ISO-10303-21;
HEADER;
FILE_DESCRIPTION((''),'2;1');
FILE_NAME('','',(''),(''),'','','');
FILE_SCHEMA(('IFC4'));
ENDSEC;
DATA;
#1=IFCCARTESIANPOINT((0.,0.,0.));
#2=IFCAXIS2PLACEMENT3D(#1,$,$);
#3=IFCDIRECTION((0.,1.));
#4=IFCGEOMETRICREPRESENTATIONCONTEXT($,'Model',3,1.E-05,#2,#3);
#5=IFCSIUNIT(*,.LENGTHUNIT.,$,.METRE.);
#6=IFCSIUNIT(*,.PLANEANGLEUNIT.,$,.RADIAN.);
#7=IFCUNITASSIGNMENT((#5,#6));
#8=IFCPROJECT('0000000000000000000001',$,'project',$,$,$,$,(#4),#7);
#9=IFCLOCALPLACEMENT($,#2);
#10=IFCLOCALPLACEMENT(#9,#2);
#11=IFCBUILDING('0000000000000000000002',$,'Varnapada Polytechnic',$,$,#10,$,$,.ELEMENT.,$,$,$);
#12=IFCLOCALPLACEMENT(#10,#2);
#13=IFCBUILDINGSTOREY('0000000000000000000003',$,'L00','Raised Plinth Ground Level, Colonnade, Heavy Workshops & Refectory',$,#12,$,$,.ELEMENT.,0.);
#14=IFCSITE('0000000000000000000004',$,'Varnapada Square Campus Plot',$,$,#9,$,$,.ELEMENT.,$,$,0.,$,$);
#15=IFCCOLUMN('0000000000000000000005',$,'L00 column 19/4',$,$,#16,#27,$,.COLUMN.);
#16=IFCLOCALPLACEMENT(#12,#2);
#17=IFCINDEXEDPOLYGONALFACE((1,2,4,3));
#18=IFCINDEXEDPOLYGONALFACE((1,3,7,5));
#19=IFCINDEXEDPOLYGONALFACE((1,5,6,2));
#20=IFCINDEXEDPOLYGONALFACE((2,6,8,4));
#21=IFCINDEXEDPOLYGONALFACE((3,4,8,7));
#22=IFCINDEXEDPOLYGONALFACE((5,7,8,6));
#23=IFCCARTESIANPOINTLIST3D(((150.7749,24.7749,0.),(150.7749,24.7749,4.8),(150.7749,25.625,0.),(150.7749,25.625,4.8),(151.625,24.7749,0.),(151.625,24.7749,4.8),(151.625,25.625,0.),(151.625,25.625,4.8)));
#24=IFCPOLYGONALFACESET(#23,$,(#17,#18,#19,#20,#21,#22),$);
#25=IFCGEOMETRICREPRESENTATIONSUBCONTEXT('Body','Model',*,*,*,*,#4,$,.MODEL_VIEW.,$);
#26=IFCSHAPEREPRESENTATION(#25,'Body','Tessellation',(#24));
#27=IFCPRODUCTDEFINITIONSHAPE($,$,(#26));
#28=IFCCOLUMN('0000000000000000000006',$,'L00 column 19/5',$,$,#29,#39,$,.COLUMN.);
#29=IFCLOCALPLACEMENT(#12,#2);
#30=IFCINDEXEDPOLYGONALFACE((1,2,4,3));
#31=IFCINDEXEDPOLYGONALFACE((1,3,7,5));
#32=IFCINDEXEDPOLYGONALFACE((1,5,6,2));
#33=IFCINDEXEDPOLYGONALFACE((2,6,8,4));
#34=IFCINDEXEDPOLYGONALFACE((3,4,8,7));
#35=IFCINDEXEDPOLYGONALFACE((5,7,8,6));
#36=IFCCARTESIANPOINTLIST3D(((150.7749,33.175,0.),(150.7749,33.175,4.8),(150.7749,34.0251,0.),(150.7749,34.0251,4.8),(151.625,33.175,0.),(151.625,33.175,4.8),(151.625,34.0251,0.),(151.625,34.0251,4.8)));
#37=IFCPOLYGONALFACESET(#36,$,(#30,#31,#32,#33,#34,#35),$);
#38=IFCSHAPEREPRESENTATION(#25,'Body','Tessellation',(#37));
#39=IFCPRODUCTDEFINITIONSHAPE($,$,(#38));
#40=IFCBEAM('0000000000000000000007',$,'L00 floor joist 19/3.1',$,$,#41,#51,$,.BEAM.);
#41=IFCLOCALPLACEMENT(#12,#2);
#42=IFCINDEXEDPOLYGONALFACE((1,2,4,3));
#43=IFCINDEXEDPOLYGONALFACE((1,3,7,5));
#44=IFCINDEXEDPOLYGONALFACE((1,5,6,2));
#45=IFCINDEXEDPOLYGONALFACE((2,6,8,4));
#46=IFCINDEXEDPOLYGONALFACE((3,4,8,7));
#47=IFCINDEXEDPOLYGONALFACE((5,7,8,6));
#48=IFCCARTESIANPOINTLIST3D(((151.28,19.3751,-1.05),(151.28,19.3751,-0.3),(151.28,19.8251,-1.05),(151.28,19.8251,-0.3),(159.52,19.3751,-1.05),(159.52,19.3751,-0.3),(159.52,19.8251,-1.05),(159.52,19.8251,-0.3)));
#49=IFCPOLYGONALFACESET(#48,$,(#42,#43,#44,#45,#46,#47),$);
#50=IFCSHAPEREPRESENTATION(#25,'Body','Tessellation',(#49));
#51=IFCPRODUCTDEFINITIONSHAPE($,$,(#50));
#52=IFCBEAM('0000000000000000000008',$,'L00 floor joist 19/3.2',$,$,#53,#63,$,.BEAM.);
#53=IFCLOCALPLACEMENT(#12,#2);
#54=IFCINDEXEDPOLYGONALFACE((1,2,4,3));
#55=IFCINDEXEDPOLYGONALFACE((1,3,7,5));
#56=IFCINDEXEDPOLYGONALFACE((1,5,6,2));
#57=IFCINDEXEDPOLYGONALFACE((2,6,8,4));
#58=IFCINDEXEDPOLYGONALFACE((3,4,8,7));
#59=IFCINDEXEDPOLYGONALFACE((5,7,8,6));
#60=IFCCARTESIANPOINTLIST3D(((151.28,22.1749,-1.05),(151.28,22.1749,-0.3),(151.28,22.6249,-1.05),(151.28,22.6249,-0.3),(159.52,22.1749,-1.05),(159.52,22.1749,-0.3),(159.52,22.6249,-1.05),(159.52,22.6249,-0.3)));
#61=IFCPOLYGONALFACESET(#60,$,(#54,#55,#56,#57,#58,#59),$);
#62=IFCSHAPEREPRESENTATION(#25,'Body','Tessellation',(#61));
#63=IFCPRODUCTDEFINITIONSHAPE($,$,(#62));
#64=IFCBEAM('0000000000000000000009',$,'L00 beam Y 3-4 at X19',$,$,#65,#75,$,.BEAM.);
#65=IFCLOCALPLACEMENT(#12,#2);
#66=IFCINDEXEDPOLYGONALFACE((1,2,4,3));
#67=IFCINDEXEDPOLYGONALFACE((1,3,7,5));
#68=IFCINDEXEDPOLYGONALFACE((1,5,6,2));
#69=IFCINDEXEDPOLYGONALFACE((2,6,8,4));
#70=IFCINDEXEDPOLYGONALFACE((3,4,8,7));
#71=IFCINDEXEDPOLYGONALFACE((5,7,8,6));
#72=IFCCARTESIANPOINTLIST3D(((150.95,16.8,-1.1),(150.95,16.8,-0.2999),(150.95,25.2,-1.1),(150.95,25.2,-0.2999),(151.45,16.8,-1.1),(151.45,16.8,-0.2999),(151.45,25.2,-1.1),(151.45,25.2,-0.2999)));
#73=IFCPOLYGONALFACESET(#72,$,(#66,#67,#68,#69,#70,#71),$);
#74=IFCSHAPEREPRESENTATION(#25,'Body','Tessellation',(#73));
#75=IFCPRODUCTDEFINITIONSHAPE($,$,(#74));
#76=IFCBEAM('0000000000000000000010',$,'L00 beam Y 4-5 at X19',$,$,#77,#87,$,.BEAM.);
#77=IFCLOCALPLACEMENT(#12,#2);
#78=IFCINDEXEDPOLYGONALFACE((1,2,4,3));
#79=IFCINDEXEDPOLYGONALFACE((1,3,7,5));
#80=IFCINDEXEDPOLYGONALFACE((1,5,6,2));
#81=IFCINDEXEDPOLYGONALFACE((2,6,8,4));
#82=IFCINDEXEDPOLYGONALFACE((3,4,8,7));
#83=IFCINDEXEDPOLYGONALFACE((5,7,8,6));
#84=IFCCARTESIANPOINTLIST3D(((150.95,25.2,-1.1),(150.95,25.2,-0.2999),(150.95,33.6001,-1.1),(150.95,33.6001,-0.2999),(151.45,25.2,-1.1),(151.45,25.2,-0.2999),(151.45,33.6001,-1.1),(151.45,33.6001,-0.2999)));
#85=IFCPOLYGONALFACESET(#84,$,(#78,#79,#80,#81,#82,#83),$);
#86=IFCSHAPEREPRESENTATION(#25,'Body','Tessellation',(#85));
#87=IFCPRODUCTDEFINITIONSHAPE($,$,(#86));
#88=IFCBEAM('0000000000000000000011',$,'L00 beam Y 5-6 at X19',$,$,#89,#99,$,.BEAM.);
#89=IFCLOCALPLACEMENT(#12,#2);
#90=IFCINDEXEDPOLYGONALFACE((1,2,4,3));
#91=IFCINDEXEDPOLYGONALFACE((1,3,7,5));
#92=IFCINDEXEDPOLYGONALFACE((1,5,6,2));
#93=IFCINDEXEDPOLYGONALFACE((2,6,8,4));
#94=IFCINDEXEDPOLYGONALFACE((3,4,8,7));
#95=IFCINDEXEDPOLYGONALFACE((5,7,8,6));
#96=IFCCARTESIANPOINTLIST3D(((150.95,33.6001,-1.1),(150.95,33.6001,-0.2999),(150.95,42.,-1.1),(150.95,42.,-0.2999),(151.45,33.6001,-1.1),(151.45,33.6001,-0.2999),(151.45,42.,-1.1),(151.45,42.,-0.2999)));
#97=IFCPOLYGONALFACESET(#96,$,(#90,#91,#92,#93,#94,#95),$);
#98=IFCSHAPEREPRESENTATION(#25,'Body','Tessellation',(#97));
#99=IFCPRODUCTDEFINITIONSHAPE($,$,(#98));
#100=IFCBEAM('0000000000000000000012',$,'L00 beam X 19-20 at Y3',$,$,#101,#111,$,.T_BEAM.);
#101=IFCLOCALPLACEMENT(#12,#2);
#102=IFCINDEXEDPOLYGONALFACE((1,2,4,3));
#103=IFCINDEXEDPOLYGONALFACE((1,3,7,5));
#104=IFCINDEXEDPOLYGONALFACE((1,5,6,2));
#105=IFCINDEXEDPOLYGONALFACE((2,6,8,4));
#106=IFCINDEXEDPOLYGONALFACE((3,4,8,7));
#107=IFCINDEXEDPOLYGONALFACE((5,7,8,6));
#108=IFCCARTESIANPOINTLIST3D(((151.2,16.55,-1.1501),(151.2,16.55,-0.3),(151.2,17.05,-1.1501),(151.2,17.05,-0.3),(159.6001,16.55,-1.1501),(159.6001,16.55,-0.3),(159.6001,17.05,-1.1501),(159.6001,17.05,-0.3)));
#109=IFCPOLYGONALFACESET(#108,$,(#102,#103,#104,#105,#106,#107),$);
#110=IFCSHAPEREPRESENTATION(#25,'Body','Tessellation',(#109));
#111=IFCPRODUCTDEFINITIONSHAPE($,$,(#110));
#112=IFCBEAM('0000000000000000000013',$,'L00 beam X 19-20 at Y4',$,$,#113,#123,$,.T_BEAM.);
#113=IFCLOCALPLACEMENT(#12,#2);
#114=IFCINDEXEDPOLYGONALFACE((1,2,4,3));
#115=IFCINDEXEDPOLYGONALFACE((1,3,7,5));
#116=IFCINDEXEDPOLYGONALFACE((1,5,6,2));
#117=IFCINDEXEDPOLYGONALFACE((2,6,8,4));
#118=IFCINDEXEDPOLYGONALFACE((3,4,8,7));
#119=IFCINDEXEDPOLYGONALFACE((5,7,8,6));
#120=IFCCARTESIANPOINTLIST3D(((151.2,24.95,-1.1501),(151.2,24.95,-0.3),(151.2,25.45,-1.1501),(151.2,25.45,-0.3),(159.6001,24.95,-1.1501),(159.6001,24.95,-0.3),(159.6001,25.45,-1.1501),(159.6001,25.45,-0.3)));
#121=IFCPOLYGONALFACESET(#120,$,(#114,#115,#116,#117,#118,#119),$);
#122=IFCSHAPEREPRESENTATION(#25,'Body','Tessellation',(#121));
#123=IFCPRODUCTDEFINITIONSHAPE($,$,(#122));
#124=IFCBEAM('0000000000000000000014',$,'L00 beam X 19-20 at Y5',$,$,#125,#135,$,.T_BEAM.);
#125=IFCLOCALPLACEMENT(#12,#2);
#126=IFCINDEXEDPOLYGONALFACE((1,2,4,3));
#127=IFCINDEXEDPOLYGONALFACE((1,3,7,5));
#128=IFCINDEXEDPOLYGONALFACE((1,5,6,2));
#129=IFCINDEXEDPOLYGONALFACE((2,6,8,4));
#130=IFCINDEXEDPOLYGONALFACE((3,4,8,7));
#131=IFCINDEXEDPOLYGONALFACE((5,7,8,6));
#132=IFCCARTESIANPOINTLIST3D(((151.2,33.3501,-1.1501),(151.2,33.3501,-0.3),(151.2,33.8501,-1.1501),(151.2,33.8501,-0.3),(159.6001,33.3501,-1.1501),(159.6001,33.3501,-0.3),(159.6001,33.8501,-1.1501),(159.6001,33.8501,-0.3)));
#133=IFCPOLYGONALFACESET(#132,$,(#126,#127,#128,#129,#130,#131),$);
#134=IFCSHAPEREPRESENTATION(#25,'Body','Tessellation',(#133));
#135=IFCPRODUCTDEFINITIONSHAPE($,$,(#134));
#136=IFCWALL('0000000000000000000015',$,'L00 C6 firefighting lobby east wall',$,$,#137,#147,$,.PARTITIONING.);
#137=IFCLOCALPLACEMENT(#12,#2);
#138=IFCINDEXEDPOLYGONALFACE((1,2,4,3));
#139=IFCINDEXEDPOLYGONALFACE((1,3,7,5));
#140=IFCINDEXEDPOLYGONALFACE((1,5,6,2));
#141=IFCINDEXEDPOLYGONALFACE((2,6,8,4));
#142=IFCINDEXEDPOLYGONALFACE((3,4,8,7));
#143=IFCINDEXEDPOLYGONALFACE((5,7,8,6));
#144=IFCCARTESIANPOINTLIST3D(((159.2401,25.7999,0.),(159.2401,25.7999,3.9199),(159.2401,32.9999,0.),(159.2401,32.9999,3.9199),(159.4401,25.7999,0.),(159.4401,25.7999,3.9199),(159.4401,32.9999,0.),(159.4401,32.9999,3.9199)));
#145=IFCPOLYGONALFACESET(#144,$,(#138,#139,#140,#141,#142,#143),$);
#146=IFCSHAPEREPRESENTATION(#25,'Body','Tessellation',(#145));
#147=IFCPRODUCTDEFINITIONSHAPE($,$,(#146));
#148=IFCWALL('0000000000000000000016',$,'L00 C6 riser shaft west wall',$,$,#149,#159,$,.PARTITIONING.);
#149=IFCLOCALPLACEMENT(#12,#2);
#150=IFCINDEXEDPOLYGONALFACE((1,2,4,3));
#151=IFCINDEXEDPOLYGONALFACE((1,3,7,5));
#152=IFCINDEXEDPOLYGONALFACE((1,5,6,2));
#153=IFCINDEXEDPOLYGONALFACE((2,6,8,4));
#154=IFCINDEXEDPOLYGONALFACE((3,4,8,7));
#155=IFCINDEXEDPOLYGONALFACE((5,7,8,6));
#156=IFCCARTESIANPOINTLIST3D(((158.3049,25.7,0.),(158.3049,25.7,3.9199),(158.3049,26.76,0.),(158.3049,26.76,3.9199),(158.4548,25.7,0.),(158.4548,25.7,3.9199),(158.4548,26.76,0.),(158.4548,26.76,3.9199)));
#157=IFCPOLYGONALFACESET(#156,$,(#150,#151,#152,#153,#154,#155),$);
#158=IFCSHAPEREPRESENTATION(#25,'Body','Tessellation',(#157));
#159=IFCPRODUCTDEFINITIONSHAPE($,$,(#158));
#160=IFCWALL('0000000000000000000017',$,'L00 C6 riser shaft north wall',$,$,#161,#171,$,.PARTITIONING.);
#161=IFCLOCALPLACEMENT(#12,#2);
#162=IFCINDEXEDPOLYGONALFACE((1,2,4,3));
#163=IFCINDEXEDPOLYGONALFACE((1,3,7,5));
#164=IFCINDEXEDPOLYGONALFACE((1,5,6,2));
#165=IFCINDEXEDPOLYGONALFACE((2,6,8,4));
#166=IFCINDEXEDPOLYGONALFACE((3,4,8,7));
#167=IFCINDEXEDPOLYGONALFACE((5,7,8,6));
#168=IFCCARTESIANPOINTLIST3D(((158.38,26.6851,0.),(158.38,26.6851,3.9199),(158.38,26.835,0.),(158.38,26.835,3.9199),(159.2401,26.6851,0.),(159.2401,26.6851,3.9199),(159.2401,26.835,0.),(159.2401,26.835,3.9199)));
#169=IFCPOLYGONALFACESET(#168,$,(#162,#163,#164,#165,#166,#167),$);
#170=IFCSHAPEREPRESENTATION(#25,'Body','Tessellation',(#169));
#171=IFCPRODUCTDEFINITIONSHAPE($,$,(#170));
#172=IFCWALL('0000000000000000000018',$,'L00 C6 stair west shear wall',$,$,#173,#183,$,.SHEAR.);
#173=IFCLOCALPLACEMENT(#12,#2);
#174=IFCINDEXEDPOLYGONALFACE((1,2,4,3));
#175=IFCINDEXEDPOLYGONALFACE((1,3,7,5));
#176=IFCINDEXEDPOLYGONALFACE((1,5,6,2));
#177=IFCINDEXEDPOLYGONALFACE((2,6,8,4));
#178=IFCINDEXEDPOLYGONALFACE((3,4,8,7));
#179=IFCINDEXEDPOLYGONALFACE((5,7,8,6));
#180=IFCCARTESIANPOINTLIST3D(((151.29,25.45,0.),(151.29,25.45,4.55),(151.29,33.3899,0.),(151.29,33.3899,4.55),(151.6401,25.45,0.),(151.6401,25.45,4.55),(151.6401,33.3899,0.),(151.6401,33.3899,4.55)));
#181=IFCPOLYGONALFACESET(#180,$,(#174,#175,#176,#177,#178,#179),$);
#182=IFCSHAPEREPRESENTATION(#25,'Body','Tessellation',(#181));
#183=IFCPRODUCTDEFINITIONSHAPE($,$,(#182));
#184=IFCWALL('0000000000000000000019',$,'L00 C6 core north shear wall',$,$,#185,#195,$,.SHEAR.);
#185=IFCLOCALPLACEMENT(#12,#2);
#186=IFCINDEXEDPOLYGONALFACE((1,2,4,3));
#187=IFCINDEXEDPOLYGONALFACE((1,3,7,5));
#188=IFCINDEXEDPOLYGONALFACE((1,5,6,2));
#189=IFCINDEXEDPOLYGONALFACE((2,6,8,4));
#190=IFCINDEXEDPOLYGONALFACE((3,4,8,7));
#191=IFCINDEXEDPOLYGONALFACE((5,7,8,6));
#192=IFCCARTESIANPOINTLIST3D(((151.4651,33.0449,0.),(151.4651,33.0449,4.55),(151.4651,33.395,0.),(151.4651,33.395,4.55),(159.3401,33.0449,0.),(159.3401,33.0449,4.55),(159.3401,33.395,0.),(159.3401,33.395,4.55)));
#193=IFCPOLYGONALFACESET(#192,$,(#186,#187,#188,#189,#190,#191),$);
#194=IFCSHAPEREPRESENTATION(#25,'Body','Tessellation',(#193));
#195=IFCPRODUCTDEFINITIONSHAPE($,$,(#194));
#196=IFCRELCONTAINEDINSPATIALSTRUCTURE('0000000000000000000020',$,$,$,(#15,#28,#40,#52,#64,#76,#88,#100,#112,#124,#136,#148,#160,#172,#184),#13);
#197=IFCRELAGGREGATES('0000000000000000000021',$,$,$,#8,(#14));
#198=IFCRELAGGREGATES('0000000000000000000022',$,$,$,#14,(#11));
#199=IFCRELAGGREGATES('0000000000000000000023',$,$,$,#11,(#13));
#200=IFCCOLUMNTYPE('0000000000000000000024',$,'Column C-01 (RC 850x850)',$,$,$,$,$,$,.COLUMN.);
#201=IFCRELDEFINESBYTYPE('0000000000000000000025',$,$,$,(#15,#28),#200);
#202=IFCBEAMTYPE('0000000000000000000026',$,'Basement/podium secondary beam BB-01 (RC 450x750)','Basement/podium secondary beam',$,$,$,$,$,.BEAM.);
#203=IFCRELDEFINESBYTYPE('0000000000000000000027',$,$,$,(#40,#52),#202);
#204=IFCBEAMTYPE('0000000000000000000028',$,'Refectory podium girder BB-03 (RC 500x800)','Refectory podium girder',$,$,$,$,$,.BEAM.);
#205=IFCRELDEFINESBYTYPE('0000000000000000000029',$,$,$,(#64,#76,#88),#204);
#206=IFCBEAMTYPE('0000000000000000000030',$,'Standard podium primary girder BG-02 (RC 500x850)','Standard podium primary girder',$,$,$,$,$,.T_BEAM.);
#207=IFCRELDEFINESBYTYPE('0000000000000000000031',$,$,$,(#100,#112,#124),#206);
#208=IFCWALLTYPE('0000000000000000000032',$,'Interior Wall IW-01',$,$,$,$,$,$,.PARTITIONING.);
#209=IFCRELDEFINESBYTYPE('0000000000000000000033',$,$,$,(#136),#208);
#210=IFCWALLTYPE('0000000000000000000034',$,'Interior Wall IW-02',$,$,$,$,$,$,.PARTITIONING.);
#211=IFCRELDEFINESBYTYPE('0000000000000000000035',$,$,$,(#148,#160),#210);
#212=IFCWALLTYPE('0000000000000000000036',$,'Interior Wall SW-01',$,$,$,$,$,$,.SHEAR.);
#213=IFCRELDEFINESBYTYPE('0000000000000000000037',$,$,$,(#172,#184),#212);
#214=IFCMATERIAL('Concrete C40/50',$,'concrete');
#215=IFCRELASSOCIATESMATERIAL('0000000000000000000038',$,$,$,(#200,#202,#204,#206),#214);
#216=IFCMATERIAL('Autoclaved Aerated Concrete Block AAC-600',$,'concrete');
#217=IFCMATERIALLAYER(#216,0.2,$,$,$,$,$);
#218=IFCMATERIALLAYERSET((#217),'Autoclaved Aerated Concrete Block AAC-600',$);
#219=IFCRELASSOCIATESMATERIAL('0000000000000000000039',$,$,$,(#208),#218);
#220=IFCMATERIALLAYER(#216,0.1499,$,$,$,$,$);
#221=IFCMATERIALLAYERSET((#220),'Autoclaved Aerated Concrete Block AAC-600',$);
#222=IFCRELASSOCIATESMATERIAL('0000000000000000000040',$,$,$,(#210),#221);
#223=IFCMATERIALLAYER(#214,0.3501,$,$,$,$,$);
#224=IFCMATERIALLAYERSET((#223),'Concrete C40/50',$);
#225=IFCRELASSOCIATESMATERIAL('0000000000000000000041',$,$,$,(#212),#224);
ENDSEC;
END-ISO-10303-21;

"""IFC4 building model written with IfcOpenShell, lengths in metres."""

from ifc_helpers import new_model, si_unit, direction, frame, frame_2d, origin, origin_2d, place, context, subcontext, project, spatial, rectangle, extrude, material, layer, layer_set, material_profile, profile_set, type_object, element, save


model = new_model("IFC4")

# Units and contexts
model_context = context("Model", 3, precision=1e-05, world=origin(), true_north=direction((0.0, 1.0)))
body_context = subcontext(model_context, "Body", "Model", "MODEL_VIEW")
ifc_project = project(units=[si_unit("LENGTHUNIT", "METRE"), si_unit("PLANEANGLEUNIT", "RADIAN")], contexts=[model_context])

# Site, building, storey
site_placement = place(None, origin())
site = spatial("IfcSite", under=ifc_project, at=site_placement, Name="Varnapada Square Campus Plot", CompositionType="ELEMENT", RefElevation=0.0)
building_placement = place(site_placement, origin())
building = spatial("IfcBuilding", under=site, at=building_placement, Name="Varnapada Polytechnic", CompositionType="ELEMENT")
storey_placement = place(building_placement, origin())
storey = spatial("IfcBuildingStorey", under=building, at=storey_placement, Name="L00", Description="Raised Plinth Ground Level, Colonnade, Heavy Workshops & Refectory", CompositionType="ELEMENT", Elevation=0.0)

# Columns
ifc_material_1 = material(Name="Concrete C40/50", Category="concrete")
ifc_material_profile_1 = material_profile(ifc_material_1, rectangle(XDim=0.8501, YDim=0.8501, at=origin_2d()), Name="RC 850x850")
ifc_profile_set_1 = profile_set([ifc_material_profile_1], Name="Concrete C40/50")
column_type = type_object("IfcColumnType", Name="Column C-01 (RC 850x850)", PredefinedType="COLUMN", material=ifc_profile_set_1)
for number, where, z_axis, x_axis, name in (
    (1, (151.2, 25.2, 0.0), (0.0, 0.0, 1.0), (1.0, 0.0, 0.0), "L00 column 19/4"),
    (2, (151.2, 33.6001, 0.0), (0.0, 0.0, 1.0), (1.0, 0.0, 0.0), "L00 column 19/5"),
):
    element("IfcColumn", number, at=place(storey_placement, frame(where, z_axis=z_axis, x_axis=x_axis)), inside=storey, type_object=column_type, Name=name, PredefinedType="COLUMN", context=body_context, shape_type="SweptSolid", body=[
        extrude(rectangle(XDim=0.8501, YDim=0.8501, at=origin_2d()), origin(), (0.0, 0.0, 1.0), 4.8),
    ])

# Beams
ifc_material_profile_2 = material_profile(ifc_material_1, rectangle(XDim=0.45, YDim=0.75, at=origin_2d()), Name="RC 450x750")
ifc_profile_set_2 = profile_set([ifc_material_profile_2], Name="Concrete C40/50")
beam_type_1 = type_object("IfcBeamType", Name="Basement/podium secondary beam BB-01 (RC 450x750)", Description="Basement/podium secondary beam", PredefinedType="BEAM", material=ifc_profile_set_2)
for number, where, z_axis, x_axis, name in (
    (3, (151.28, 19.6001, -0.675), (1.0, 0.0, 0.0), (0.0, 1.0, 0.0), "L00 floor joist 19/3.1"),
    (4, (151.28, 22.3999, -0.675), (1.0, 0.0, 0.0), (0.0, 1.0, 0.0), "L00 floor joist 19/3.2"),
):
    element("IfcBeam", number, at=place(storey_placement, frame(where, z_axis=z_axis, x_axis=x_axis)), inside=storey, type_object=beam_type_1, Name=name, PredefinedType="BEAM", context=body_context, shape_type="SweptSolid", body=[
        extrude(rectangle(XDim=0.45, YDim=0.75, at=origin_2d()), origin(), (0.0, 0.0, 1.0), 8.24),
    ])
ifc_material_profile_3 = material_profile(ifc_material_1, rectangle(XDim=0.5, YDim=0.8, at=origin_2d()), Name="RC 500x800")
ifc_profile_set_3 = profile_set([ifc_material_profile_3], Name="Concrete C40/50")
beam_type_2 = type_object("IfcBeamType", Name="Refectory podium girder BB-03 (RC 500x800)", Description="Refectory podium girder", PredefinedType="BEAM", material=ifc_profile_set_3)
beam_1_placement = place(storey_placement, frame((151.2, 16.8, -0.7), z_axis=(0.0, 1.0, 0.0), x_axis=(-1.0, 0.0, 0.0)))
element("IfcBeam", 5, at=beam_1_placement, inside=storey, type_object=beam_type_2, Name="L00 beam Y 3-4 at X19", PredefinedType="BEAM", context=body_context, shape_type="SweptSolid", body=[
    extrude(rectangle(XDim=0.5, YDim=0.8, at=origin_2d()), origin(), (0.0, 0.0, 1.0), 8.3999),
])
beam_2_placement = place(storey_placement, frame((151.2, 25.2, -0.7), z_axis=(0.0, 1.0, 0.0), x_axis=(-1.0, 0.0, 0.0)))
element("IfcBeam", 6, at=beam_2_placement, inside=storey, type_object=beam_type_2, Name="L00 beam Y 4-5 at X19", PredefinedType="BEAM", context=body_context, shape_type="SweptSolid", body=[
    extrude(rectangle(XDim=0.5, YDim=0.8, at=origin_2d()), origin(), (0.0, 0.0, 1.0), 8.4001),
])
beam_3_placement = place(storey_placement, frame((151.2, 33.6001, -0.7), z_axis=(0.0, 1.0, 0.0), x_axis=(-1.0, 0.0, 0.0)))
element("IfcBeam", 7, at=beam_3_placement, inside=storey, type_object=beam_type_2, Name="L00 beam Y 5-6 at X19", PredefinedType="BEAM", context=body_context, shape_type="SweptSolid", body=[
    extrude(rectangle(XDim=0.5, YDim=0.8, at=origin_2d()), origin(), (0.0, 0.0, 1.0), 8.3999),
])
ifc_material_profile_4 = material_profile(ifc_material_1, rectangle(XDim=0.5, YDim=0.8501, at=origin_2d()), Name="RC 500x850")
ifc_profile_set_4 = profile_set([ifc_material_profile_4], Name="Concrete C40/50")
beam_type_3 = type_object("IfcBeamType", Name="Standard podium primary girder BG-02 (RC 500x850)", Description="Standard podium primary girder", PredefinedType="T_BEAM", material=ifc_profile_set_4)
for number, where, z_axis, x_axis, name in (
    (8, (151.2, 16.8, -0.7251), (1.0, 0.0, 0.0), (0.0, 1.0, 0.0), "L00 beam X 19-20 at Y3"),
    (9, (151.2, 25.2, -0.7251), (1.0, 0.0, 0.0), (0.0, 1.0, 0.0), "L00 beam X 19-20 at Y4"),
    (10, (151.2, 33.6001, -0.7251), (1.0, 0.0, 0.0), (0.0, 1.0, 0.0), "L00 beam X 19-20 at Y5"),
):
    element("IfcBeam", number, at=place(storey_placement, frame(where, z_axis=z_axis, x_axis=x_axis)), inside=storey, type_object=beam_type_3, Name=name, PredefinedType="T_BEAM", context=body_context, shape_type="SweptSolid", body=[
        extrude(rectangle(XDim=0.5, YDim=0.8501, at=origin_2d()), origin(), (0.0, 0.0, 1.0), 8.4001),
    ])

# Walls
ifc_material_2 = material(Name="Autoclaved Aerated Concrete Block AAC-600", Category="concrete")
ifc_layer_1 = layer(ifc_material_2, 0.2)
ifc_layer_set_1 = layer_set([ifc_layer_1], Name="Autoclaved Aerated Concrete Block AAC-600")
wall_type_1 = type_object("IfcWallType", Name="Interior Wall IW-01", PredefinedType="PARTITIONING", material=ifc_layer_set_1)
wall_1_placement = place(storey_placement, frame((159.3401, 33.0, 0.0), z_axis=(0.0, 0.0, 1.0), x_axis=(0.0, -1.0, 0.0)))
element("IfcWall", 11, at=wall_1_placement, inside=storey, type_object=wall_type_1, Name="L00 C6 firefighting lobby east wall", PredefinedType="PARTITIONING", context=body_context, shape_type="SweptSolid", body=[
    extrude(rectangle(XDim=7.2, YDim=0.2, at=frame_2d((3.6001, 0.0))), origin(), (0.0, 0.0, 1.0), 3.9199),
])
ifc_layer_2 = layer(ifc_material_2, 0.1499)
ifc_layer_set_2 = layer_set([ifc_layer_2], Name="Autoclaved Aerated Concrete Block AAC-600")
wall_type_2 = type_object("IfcWallType", Name="Interior Wall IW-02", PredefinedType="PARTITIONING", material=ifc_layer_set_2)
wall_2_placement = place(storey_placement, frame((158.3799, 26.76, 0.0), z_axis=(0.0, 0.0, 1.0), x_axis=(0.0, -1.0, 0.0)))
element("IfcWall", 12, at=wall_2_placement, inside=storey, type_object=wall_type_2, Name="L00 C6 riser shaft west wall", PredefinedType="PARTITIONING", context=body_context, shape_type="SweptSolid", body=[
    extrude(rectangle(XDim=1.0601, YDim=0.1499, at=frame_2d((0.53, 0.0))), origin(), (0.0, 0.0, 1.0), 3.9199),
])
wall_3_placement = place(storey_placement, frame((158.3799, 26.76, 0.0), z_axis=(0.0, 0.0, 1.0), x_axis=(1.0, 0.0, 0.0)))
element("IfcWall", 13, at=wall_3_placement, inside=storey, type_object=wall_type_2, Name="L00 C6 riser shaft north wall", PredefinedType="PARTITIONING", context=body_context, shape_type="SweptSolid", body=[
    extrude(rectangle(XDim=0.8601, YDim=0.1499, at=frame_2d((0.4302, 0.0))), origin(), (0.0, 0.0, 1.0), 3.9199),
])
ifc_layer_3 = layer(ifc_material_1, 0.3501)
ifc_layer_set_3 = layer_set([ifc_layer_3], Name="Concrete C40/50")
wall_type_3 = type_object("IfcWallType", Name="Interior Wall SW-01", PredefinedType="SHEAR", material=ifc_layer_set_3)
wall_4_placement = place(storey_placement, frame((151.4651, 25.45, 0.0), z_axis=(0.0, 0.0, 1.0), x_axis=(0.0, 1.0, 0.0)))
element("IfcWall", 14, at=wall_4_placement, inside=storey, type_object=wall_type_3, Name="L00 C6 stair west shear wall", PredefinedType="SHEAR", context=body_context, shape_type="SweptSolid", body=[
    extrude(rectangle(XDim=7.9399, YDim=0.3501, at=frame_2d((3.97, 0.0))), origin(), (0.0, 0.0, 1.0), 4.55),
])
wall_5_placement = place(storey_placement, frame((151.4651, 33.22, 0.0), z_axis=(0.0, 0.0, 1.0), x_axis=(1.0, 0.0, 0.0)))
element("IfcWall", 15, at=wall_5_placement, inside=storey, type_object=wall_type_3, Name="L00 C6 core north shear wall", PredefinedType="SHEAR", context=body_context, shape_type="SweptSolid", body=[
    extrude(rectangle(XDim=7.875, YDim=0.3501, at=frame_2d((3.9375, 0.0))), origin(), (0.0, 0.0, 1.0), 4.55),
])

save(model, "model.ifc")
